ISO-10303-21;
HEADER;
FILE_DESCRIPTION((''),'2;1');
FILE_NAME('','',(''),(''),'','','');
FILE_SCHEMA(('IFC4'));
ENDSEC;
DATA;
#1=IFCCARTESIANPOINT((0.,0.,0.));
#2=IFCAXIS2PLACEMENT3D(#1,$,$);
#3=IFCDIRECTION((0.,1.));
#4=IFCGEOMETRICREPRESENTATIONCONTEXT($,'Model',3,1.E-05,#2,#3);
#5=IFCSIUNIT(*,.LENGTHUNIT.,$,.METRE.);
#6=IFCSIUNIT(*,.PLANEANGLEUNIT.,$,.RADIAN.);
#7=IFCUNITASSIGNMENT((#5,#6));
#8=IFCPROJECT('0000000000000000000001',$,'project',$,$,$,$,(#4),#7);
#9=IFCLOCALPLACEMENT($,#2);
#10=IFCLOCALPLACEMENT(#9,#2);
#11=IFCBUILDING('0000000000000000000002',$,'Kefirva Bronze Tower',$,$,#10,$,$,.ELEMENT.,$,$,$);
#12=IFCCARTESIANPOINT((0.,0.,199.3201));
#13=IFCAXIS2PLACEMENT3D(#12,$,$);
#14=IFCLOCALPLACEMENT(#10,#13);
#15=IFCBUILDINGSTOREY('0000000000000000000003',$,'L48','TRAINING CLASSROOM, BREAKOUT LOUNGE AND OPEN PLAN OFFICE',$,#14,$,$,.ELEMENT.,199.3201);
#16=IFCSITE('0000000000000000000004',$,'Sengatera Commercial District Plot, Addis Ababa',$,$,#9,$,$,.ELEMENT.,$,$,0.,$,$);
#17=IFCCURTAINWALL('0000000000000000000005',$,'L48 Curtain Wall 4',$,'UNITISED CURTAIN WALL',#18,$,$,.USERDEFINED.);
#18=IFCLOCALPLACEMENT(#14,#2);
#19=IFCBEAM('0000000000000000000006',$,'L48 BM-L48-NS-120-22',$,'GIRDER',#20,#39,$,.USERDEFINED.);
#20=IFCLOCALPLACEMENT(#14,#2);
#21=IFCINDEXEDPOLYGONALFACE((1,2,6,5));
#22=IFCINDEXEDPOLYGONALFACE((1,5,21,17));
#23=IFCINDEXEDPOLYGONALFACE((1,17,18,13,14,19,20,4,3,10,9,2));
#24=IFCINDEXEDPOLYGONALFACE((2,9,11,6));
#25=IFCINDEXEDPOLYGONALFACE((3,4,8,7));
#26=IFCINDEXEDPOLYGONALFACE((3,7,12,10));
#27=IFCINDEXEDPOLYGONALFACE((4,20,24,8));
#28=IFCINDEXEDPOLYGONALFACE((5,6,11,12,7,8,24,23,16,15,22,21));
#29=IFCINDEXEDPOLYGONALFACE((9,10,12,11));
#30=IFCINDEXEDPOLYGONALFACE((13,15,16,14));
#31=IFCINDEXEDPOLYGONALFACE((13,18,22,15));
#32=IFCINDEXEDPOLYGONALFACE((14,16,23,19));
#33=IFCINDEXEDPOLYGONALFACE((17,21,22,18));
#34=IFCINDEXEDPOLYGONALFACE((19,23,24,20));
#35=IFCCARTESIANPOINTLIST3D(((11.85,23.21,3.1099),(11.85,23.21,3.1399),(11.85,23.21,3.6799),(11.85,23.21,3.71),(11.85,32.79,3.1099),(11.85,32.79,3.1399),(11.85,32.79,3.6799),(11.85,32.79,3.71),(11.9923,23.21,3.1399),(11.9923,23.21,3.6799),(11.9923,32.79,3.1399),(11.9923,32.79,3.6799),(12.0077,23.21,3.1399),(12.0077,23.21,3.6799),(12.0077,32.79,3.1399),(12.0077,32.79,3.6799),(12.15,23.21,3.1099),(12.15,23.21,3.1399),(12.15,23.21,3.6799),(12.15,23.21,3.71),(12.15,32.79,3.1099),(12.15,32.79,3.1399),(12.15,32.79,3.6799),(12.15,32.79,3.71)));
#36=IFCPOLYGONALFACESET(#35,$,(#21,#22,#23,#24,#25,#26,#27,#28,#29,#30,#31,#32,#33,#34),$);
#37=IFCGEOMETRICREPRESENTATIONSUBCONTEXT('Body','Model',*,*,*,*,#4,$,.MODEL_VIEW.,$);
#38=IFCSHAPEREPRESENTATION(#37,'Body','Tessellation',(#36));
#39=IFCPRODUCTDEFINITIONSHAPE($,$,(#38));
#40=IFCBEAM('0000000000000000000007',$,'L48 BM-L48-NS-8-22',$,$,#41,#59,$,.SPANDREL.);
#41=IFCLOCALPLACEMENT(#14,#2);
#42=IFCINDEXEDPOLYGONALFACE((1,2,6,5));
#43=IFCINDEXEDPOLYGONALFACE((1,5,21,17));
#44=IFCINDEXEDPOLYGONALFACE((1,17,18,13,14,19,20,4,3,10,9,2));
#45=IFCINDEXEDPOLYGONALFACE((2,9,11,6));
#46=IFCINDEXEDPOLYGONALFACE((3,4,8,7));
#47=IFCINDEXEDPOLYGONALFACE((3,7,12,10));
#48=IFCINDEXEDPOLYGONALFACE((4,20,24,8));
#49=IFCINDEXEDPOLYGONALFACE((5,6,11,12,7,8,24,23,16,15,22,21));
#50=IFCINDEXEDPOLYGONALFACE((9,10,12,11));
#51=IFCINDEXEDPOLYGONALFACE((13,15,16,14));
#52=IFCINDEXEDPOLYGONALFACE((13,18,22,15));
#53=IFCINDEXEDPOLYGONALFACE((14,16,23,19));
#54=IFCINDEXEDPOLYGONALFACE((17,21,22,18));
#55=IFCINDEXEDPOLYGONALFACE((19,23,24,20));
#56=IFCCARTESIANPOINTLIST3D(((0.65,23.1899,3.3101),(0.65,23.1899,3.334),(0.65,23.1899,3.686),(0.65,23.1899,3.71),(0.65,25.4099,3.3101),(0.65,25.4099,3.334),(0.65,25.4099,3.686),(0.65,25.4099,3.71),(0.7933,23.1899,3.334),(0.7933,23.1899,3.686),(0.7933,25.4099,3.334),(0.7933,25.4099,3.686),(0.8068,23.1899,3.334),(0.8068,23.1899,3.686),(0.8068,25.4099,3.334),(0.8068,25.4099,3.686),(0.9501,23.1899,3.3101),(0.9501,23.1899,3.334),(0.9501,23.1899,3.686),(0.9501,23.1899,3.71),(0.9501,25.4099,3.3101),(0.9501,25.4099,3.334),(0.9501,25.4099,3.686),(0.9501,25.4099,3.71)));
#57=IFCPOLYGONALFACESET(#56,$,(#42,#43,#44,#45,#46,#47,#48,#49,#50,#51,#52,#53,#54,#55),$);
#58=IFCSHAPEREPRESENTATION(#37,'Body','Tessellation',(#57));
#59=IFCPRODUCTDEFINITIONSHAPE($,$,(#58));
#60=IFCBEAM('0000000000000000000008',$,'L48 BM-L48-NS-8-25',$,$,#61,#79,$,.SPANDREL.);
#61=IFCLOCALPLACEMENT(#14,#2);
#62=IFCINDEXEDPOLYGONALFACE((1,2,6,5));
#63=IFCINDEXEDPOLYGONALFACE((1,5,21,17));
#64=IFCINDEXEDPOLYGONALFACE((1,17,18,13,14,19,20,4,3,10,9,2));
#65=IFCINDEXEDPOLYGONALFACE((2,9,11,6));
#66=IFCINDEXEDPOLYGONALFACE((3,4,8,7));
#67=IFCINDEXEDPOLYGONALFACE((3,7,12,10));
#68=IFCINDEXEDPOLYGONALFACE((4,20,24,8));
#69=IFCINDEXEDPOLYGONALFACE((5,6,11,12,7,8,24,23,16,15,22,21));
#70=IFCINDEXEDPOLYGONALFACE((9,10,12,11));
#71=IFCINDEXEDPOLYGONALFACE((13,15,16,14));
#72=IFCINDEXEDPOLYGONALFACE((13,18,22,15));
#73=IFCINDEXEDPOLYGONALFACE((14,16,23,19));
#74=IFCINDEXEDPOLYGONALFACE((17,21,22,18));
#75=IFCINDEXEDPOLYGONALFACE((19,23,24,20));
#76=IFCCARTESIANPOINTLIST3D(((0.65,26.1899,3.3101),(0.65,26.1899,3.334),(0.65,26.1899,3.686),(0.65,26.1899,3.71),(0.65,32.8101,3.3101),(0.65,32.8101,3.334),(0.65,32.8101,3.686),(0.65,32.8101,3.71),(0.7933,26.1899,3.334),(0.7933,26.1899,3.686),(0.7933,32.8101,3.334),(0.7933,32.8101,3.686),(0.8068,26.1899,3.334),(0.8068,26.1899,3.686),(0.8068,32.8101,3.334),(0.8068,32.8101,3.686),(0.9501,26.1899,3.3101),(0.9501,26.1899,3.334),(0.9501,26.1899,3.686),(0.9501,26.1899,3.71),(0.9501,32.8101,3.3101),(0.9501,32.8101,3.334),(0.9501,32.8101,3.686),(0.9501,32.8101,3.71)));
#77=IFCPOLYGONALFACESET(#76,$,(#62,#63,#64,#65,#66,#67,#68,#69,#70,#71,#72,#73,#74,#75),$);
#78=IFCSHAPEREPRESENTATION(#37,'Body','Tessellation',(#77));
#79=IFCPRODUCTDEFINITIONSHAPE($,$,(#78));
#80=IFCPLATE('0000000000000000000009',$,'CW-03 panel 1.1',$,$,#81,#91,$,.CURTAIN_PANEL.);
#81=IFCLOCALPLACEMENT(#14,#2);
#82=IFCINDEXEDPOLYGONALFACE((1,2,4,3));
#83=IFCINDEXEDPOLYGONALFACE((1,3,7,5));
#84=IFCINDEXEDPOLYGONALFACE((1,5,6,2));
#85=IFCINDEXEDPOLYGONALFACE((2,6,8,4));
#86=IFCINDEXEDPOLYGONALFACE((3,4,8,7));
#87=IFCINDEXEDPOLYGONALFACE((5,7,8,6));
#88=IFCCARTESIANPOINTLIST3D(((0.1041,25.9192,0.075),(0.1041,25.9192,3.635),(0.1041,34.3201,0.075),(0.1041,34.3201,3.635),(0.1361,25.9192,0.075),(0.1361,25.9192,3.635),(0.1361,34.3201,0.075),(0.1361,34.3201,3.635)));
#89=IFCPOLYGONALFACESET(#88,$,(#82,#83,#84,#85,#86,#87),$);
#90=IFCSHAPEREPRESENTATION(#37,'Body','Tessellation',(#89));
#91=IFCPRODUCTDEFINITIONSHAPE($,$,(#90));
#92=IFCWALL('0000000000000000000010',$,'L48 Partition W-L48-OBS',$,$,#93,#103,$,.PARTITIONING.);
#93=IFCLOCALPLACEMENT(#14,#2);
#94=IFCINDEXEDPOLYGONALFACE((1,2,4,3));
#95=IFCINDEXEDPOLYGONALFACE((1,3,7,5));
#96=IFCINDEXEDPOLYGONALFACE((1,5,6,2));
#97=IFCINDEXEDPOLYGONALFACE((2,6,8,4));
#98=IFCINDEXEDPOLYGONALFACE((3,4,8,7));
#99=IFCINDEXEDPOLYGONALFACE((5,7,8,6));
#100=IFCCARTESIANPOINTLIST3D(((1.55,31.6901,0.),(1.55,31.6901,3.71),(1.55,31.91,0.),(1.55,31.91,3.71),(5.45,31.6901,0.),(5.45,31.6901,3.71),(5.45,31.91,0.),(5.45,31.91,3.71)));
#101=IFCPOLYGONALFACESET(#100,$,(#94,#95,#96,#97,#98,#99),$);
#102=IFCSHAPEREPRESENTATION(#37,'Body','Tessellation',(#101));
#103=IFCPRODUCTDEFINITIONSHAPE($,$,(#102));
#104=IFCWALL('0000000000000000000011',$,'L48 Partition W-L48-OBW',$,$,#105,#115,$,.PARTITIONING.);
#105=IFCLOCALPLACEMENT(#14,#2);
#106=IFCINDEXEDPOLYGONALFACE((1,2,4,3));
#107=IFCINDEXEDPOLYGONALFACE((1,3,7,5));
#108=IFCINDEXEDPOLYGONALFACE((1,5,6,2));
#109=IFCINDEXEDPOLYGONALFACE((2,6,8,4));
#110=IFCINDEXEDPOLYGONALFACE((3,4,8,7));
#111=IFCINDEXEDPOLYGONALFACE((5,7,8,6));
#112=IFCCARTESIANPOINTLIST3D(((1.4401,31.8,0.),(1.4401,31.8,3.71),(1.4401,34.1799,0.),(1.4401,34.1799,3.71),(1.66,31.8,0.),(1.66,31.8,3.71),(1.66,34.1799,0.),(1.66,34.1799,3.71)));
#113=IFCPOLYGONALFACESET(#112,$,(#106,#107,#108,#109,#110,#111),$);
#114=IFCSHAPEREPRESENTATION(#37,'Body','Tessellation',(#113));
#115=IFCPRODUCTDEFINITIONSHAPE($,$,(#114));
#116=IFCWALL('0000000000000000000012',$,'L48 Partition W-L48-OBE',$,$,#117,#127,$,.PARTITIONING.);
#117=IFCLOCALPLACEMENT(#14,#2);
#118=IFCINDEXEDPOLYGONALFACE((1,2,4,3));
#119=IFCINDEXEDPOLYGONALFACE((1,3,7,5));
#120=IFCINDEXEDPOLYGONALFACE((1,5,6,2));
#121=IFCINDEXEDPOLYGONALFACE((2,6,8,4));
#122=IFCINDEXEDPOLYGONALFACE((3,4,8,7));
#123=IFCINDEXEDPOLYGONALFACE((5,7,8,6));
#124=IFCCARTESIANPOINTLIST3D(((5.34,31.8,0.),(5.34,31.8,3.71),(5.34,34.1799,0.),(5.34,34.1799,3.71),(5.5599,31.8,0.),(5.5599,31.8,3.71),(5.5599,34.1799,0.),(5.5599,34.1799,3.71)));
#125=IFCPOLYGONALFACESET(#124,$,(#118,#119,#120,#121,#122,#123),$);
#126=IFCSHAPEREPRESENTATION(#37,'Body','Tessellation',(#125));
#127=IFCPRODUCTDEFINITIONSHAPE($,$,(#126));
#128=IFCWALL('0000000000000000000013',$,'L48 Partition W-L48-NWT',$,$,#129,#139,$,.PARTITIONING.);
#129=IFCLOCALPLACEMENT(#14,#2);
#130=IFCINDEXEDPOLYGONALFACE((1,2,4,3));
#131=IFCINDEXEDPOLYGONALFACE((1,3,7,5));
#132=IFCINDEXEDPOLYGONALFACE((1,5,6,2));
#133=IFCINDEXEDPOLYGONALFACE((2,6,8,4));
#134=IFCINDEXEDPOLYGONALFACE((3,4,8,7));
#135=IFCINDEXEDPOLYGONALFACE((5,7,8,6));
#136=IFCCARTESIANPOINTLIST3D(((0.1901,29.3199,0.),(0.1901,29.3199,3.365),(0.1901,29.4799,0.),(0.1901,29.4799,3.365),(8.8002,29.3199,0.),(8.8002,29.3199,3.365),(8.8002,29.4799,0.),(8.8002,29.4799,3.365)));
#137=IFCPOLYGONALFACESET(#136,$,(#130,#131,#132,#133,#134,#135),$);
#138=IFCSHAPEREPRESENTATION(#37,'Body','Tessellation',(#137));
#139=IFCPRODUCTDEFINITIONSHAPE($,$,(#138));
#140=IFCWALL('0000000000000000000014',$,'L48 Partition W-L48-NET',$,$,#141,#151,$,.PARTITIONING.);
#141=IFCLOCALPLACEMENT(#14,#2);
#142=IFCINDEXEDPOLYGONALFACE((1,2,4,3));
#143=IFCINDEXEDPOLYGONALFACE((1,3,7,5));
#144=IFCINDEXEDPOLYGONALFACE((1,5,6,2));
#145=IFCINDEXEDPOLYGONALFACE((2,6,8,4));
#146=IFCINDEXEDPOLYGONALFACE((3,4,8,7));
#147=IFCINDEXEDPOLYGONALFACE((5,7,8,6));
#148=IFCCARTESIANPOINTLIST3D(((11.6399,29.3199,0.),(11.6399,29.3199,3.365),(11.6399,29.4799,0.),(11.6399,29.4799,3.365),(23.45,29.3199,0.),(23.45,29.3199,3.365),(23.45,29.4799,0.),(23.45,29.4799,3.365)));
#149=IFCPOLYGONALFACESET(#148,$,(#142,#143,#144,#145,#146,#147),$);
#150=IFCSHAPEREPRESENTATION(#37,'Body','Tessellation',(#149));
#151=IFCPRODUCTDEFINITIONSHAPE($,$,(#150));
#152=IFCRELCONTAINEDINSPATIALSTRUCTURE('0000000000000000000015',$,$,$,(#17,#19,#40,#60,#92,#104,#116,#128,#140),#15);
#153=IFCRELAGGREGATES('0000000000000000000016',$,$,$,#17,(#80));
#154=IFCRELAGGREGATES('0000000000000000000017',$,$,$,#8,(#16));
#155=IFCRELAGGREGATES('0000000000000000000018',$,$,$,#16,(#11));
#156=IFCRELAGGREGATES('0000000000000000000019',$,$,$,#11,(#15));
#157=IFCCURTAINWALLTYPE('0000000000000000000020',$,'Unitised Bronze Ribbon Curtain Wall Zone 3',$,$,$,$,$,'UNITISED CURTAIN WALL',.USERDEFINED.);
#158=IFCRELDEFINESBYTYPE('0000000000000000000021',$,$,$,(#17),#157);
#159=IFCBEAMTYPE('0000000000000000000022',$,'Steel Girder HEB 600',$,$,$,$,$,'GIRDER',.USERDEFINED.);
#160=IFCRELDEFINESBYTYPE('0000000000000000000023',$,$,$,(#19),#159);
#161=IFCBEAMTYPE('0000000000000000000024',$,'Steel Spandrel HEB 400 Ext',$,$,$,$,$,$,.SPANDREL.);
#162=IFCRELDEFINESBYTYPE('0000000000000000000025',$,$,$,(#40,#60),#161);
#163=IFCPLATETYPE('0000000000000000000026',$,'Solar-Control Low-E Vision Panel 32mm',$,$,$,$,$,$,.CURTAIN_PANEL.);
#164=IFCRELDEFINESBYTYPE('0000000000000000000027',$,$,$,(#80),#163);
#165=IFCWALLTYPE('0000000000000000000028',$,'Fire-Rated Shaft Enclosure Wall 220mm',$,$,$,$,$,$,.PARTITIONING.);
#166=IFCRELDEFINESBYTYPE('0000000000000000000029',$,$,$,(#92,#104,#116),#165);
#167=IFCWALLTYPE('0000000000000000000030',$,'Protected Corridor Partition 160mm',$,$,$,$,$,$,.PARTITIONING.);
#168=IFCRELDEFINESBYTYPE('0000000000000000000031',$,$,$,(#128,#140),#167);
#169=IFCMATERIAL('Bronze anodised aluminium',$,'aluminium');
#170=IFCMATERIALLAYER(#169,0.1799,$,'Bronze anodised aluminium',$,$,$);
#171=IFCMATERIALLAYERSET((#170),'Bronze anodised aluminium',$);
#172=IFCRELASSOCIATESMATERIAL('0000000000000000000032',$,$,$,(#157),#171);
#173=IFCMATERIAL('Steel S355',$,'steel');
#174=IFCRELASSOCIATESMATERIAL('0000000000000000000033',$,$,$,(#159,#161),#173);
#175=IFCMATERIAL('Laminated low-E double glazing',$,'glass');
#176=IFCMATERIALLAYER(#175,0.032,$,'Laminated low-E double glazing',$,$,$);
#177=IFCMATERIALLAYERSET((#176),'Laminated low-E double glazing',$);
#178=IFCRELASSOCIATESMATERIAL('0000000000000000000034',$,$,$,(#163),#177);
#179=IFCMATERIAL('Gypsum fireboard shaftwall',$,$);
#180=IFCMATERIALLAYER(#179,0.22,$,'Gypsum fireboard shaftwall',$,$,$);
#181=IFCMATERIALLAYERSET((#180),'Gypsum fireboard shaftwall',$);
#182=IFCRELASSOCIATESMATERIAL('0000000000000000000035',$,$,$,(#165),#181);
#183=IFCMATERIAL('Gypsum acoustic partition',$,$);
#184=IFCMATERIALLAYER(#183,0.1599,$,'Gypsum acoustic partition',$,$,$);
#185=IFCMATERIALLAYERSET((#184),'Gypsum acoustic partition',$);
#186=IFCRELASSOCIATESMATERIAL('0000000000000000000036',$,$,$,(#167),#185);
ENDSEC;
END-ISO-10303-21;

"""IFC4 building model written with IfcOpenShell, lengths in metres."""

from ifc_helpers import new_model, si_unit, direction, frame, frame_2d, origin, origin_2d, place, context, subcontext, project, spatial, rectangle, i_section, extrude, material, layer, layer_set, material_profile, profile_set, type_object, element, aggregate, save


model = new_model("IFC4")

# Units and contexts
model_context = context("Model", 3, precision=1e-05, world=origin(), true_north=direction((0.0, 1.0)))
body_context = subcontext(model_context, "Body", "Model", "MODEL_VIEW")
ifc_project = project(units=[si_unit("LENGTHUNIT", "METRE"), si_unit("PLANEANGLEUNIT", "RADIAN")], contexts=[model_context])

# Site, building, storey
site_placement = place(None, origin())
site = spatial("IfcSite", under=ifc_project, at=site_placement, Name="Sengatera Commercial District Plot, Addis Ababa", CompositionType="ELEMENT", RefElevation=0.0)
building_placement = place(site_placement, origin())
building = spatial("IfcBuilding", under=site, at=building_placement, Name="Kefirva Bronze Tower", CompositionType="ELEMENT")
storey_placement = place(building_placement, frame((0.0, 0.0, 199.3201)))
storey = spatial("IfcBuildingStorey", under=building, at=storey_placement, Name="L48", Description="TRAINING CLASSROOM, BREAKOUT LOUNGE AND OPEN PLAN OFFICE", CompositionType="ELEMENT", Elevation=199.3201)

# Curtain wall
ifc_material_1 = material(Name="Bronze anodised aluminium", Category="aluminium")
ifc_layer_1 = layer(ifc_material_1, 0.1799, Name="Bronze anodised aluminium")
ifc_layer_set_1 = layer_set([ifc_layer_1], Name="Bronze anodised aluminium")
curtain_wall_type = type_object("IfcCurtainWallType", Name="Unitised Bronze Ribbon Curtain Wall Zone 3", ElementType="UNITISED CURTAIN WALL", PredefinedType="USERDEFINED", material=ifc_layer_set_1)
curtain_wall_placement = place(storey_placement, origin())
curtain_wall = element("IfcCurtainWall", 1, at=curtain_wall_placement, inside=storey, type_object=curtain_wall_type, Name="L48 Curtain Wall 4", ObjectType="UNITISED CURTAIN WALL", PredefinedType="USERDEFINED")

# Beams
ifc_material_2 = material(Name="Steel S355", Category="steel")
ifc_material_profile_1 = material_profile(ifc_material_2, i_section(OverallWidth=0.3, OverallDepth=0.6001, WebThickness=0.0154, FlangeThickness=0.03, at=origin_2d()), Name="HEB 600")
ifc_profile_set_1 = profile_set([ifc_material_profile_1], Name="Steel S355")
beam_type_1 = type_object("IfcBeamType", Name="Steel Girder HEB 600", ElementType="GIRDER", PredefinedType="USERDEFINED", material=ifc_profile_set_1)
beam_1_placement = place(storey_placement, frame((12.0, 23.21, 3.4099), z_axis=(0.0, 1.0, 0.0), x_axis=(-1.0, 0.0, 0.0)))
element("IfcBeam", 2, at=beam_1_placement, inside=storey, type_object=beam_type_1, Name="L48 BM-L48-NS-120-22", ObjectType="GIRDER", PredefinedType="USERDEFINED", context=body_context, shape_type="SweptSolid", body=[
    extrude(i_section(OverallWidth=0.3, OverallDepth=0.6001, WebThickness=0.0154, FlangeThickness=0.03, at=origin_2d()), origin(), (0.0, 0.0, 1.0), 9.5801),
])
ifc_material_profile_2 = material_profile(ifc_material_2, i_section(OverallWidth=0.3, OverallDepth=0.3999, WebThickness=0.0134, FlangeThickness=0.0239, at=origin_2d()), Name="HEB 400")
ifc_profile_set_2 = profile_set([ifc_material_profile_2], Name="Steel S355")
beam_type_2 = type_object("IfcBeamType", Name="Steel Spandrel HEB 400 Ext", PredefinedType="SPANDREL", material=ifc_profile_set_2)
beam_2_placement = place(storey_placement, frame((0.8, 23.1899, 3.51), z_axis=(0.0, 1.0, 0.0), x_axis=(-1.0, 0.0, 0.0)))
element("IfcBeam", 3, at=beam_2_placement, inside=storey, type_object=beam_type_2, Name="L48 BM-L48-NS-8-22", PredefinedType="SPANDREL", context=body_context, shape_type="SweptSolid", body=[
    extrude(i_section(OverallWidth=0.3, OverallDepth=0.3999, WebThickness=0.0134, FlangeThickness=0.0239, at=origin_2d()), origin(), (0.0, 0.0, 1.0), 2.22),
])
beam_3_placement = place(storey_placement, frame((0.8, 26.1899, 3.51), z_axis=(0.0, 1.0, 0.0), x_axis=(-1.0, 0.0, 0.0)))
element("IfcBeam", 4, at=beam_3_placement, inside=storey, type_object=beam_type_2, Name="L48 BM-L48-NS-8-25", PredefinedType="SPANDREL", context=body_context, shape_type="SweptSolid", body=[
    extrude(i_section(OverallWidth=0.3, OverallDepth=0.3999, WebThickness=0.0134, FlangeThickness=0.0239, at=origin_2d()), origin(), (0.0, 0.0, 1.0), 6.6201),
])

# Plate
ifc_material_3 = material(Name="Laminated low-E double glazing", Category="glass")
ifc_layer_2 = layer(ifc_material_3, 0.032, Name="Laminated low-E double glazing")
ifc_layer_set_2 = layer_set([ifc_layer_2], Name="Laminated low-E double glazing")
plate_type = type_object("IfcPlateType", Name="Solar-Control Low-E Vision Panel 32mm", PredefinedType="CURTAIN_PANEL", material=ifc_layer_set_2)
plate_placement = place(storey_placement, frame((0.1201, 30.1196, 0.075), z_axis=(0.0, 0.0, 1.0), x_axis=(0.0, -1.0, 0.0)))
plate = element("IfcPlate", 5, at=plate_placement, type_object=plate_type, Name="CW-03 panel 1.1", PredefinedType="CURTAIN_PANEL", context=body_context, shape_type="SweptSolid", body=[
    extrude(rectangle(XDim=8.4009, YDim=0.032, at=origin_2d()), origin(), (0.0, 0.0, 1.0), 3.5601),
])
aggregate(curtain_wall, [plate])

# Walls
ifc_material_4 = material(Name="Gypsum fireboard shaftwall")
ifc_layer_3 = layer(ifc_material_4, 0.22, Name="Gypsum fireboard shaftwall")
ifc_layer_set_3 = layer_set([ifc_layer_3], Name="Gypsum fireboard shaftwall")
wall_type_1 = type_object("IfcWallType", Name="Fire-Rated Shaft Enclosure Wall 220mm", PredefinedType="PARTITIONING", material=ifc_layer_set_3)
wall_1_placement = place(storey_placement, frame((1.55, 31.8, 0.0), z_axis=(0.0, 0.0, 1.0), x_axis=(1.0, 0.0, 0.0)))
element("IfcWall", 6, at=wall_1_placement, inside=storey, type_object=wall_type_1, Name="L48 Partition W-L48-OBS", PredefinedType="PARTITIONING", context=body_context, shape_type="SweptSolid", body=[
    extrude(rectangle(XDim=3.8999, YDim=0.22, at=frame_2d((1.95, 0.0))), origin(), (0.0, 0.0, 1.0), 3.71),
])
for number, where, z_axis, x_axis, name in (
    (7, (1.55, 31.8, 0.0), (0.0, 0.0, 1.0), (0.0, 1.0, 0.0), "L48 Partition W-L48-OBW"),
    (8, (5.45, 31.8, 0.0), (0.0, 0.0, 1.0), (0.0, 1.0, 0.0), "L48 Partition W-L48-OBE"),
):
    element("IfcWall", number, at=place(storey_placement, frame(where, z_axis=z_axis, x_axis=x_axis)), inside=storey, type_object=wall_type_1, Name=name, PredefinedType="PARTITIONING", context=body_context, shape_type="SweptSolid", body=[
        extrude(rectangle(XDim=2.3799, YDim=0.22, at=frame_2d((1.1899, 0.0))), origin(), (0.0, 0.0, 1.0), 3.71),
    ])
ifc_material_5 = material(Name="Gypsum acoustic partition")
ifc_layer_4 = layer(ifc_material_5, 0.1599, Name="Gypsum acoustic partition")
ifc_layer_set_4 = layer_set([ifc_layer_4], Name="Gypsum acoustic partition")
wall_type_2 = type_object("IfcWallType", Name="Protected Corridor Partition 160mm", PredefinedType="PARTITIONING", material=ifc_layer_set_4)
wall_2_placement = place(storey_placement, frame((0.1899, 29.3999, 0.0), z_axis=(0.0, 0.0, 1.0), x_axis=(1.0, 0.0, 0.0)))
element("IfcWall", 9, at=wall_2_placement, inside=storey, type_object=wall_type_2, Name="L48 Partition W-L48-NWT", PredefinedType="PARTITIONING", context=body_context, shape_type="SweptSolid", body=[
    extrude(rectangle(XDim=8.6101, YDim=0.1599, at=frame_2d((4.3052, 0.0))), origin(), (0.0, 0.0, 1.0), 3.365),
])
wall_3_placement = place(storey_placement, frame((11.6399, 29.3999, 0.0), z_axis=(0.0, 0.0, 1.0), x_axis=(1.0, 0.0, 0.0)))
element("IfcWall", 10, at=wall_3_placement, inside=storey, type_object=wall_type_2, Name="L48 Partition W-L48-NET", PredefinedType="PARTITIONING", context=body_context, shape_type="SweptSolid", body=[
    extrude(rectangle(XDim=11.8101, YDim=0.1599, at=frame_2d((5.905, 0.0))), origin(), (0.0, 0.0, 1.0), 3.365),
])

save(model, "model.ifc")
